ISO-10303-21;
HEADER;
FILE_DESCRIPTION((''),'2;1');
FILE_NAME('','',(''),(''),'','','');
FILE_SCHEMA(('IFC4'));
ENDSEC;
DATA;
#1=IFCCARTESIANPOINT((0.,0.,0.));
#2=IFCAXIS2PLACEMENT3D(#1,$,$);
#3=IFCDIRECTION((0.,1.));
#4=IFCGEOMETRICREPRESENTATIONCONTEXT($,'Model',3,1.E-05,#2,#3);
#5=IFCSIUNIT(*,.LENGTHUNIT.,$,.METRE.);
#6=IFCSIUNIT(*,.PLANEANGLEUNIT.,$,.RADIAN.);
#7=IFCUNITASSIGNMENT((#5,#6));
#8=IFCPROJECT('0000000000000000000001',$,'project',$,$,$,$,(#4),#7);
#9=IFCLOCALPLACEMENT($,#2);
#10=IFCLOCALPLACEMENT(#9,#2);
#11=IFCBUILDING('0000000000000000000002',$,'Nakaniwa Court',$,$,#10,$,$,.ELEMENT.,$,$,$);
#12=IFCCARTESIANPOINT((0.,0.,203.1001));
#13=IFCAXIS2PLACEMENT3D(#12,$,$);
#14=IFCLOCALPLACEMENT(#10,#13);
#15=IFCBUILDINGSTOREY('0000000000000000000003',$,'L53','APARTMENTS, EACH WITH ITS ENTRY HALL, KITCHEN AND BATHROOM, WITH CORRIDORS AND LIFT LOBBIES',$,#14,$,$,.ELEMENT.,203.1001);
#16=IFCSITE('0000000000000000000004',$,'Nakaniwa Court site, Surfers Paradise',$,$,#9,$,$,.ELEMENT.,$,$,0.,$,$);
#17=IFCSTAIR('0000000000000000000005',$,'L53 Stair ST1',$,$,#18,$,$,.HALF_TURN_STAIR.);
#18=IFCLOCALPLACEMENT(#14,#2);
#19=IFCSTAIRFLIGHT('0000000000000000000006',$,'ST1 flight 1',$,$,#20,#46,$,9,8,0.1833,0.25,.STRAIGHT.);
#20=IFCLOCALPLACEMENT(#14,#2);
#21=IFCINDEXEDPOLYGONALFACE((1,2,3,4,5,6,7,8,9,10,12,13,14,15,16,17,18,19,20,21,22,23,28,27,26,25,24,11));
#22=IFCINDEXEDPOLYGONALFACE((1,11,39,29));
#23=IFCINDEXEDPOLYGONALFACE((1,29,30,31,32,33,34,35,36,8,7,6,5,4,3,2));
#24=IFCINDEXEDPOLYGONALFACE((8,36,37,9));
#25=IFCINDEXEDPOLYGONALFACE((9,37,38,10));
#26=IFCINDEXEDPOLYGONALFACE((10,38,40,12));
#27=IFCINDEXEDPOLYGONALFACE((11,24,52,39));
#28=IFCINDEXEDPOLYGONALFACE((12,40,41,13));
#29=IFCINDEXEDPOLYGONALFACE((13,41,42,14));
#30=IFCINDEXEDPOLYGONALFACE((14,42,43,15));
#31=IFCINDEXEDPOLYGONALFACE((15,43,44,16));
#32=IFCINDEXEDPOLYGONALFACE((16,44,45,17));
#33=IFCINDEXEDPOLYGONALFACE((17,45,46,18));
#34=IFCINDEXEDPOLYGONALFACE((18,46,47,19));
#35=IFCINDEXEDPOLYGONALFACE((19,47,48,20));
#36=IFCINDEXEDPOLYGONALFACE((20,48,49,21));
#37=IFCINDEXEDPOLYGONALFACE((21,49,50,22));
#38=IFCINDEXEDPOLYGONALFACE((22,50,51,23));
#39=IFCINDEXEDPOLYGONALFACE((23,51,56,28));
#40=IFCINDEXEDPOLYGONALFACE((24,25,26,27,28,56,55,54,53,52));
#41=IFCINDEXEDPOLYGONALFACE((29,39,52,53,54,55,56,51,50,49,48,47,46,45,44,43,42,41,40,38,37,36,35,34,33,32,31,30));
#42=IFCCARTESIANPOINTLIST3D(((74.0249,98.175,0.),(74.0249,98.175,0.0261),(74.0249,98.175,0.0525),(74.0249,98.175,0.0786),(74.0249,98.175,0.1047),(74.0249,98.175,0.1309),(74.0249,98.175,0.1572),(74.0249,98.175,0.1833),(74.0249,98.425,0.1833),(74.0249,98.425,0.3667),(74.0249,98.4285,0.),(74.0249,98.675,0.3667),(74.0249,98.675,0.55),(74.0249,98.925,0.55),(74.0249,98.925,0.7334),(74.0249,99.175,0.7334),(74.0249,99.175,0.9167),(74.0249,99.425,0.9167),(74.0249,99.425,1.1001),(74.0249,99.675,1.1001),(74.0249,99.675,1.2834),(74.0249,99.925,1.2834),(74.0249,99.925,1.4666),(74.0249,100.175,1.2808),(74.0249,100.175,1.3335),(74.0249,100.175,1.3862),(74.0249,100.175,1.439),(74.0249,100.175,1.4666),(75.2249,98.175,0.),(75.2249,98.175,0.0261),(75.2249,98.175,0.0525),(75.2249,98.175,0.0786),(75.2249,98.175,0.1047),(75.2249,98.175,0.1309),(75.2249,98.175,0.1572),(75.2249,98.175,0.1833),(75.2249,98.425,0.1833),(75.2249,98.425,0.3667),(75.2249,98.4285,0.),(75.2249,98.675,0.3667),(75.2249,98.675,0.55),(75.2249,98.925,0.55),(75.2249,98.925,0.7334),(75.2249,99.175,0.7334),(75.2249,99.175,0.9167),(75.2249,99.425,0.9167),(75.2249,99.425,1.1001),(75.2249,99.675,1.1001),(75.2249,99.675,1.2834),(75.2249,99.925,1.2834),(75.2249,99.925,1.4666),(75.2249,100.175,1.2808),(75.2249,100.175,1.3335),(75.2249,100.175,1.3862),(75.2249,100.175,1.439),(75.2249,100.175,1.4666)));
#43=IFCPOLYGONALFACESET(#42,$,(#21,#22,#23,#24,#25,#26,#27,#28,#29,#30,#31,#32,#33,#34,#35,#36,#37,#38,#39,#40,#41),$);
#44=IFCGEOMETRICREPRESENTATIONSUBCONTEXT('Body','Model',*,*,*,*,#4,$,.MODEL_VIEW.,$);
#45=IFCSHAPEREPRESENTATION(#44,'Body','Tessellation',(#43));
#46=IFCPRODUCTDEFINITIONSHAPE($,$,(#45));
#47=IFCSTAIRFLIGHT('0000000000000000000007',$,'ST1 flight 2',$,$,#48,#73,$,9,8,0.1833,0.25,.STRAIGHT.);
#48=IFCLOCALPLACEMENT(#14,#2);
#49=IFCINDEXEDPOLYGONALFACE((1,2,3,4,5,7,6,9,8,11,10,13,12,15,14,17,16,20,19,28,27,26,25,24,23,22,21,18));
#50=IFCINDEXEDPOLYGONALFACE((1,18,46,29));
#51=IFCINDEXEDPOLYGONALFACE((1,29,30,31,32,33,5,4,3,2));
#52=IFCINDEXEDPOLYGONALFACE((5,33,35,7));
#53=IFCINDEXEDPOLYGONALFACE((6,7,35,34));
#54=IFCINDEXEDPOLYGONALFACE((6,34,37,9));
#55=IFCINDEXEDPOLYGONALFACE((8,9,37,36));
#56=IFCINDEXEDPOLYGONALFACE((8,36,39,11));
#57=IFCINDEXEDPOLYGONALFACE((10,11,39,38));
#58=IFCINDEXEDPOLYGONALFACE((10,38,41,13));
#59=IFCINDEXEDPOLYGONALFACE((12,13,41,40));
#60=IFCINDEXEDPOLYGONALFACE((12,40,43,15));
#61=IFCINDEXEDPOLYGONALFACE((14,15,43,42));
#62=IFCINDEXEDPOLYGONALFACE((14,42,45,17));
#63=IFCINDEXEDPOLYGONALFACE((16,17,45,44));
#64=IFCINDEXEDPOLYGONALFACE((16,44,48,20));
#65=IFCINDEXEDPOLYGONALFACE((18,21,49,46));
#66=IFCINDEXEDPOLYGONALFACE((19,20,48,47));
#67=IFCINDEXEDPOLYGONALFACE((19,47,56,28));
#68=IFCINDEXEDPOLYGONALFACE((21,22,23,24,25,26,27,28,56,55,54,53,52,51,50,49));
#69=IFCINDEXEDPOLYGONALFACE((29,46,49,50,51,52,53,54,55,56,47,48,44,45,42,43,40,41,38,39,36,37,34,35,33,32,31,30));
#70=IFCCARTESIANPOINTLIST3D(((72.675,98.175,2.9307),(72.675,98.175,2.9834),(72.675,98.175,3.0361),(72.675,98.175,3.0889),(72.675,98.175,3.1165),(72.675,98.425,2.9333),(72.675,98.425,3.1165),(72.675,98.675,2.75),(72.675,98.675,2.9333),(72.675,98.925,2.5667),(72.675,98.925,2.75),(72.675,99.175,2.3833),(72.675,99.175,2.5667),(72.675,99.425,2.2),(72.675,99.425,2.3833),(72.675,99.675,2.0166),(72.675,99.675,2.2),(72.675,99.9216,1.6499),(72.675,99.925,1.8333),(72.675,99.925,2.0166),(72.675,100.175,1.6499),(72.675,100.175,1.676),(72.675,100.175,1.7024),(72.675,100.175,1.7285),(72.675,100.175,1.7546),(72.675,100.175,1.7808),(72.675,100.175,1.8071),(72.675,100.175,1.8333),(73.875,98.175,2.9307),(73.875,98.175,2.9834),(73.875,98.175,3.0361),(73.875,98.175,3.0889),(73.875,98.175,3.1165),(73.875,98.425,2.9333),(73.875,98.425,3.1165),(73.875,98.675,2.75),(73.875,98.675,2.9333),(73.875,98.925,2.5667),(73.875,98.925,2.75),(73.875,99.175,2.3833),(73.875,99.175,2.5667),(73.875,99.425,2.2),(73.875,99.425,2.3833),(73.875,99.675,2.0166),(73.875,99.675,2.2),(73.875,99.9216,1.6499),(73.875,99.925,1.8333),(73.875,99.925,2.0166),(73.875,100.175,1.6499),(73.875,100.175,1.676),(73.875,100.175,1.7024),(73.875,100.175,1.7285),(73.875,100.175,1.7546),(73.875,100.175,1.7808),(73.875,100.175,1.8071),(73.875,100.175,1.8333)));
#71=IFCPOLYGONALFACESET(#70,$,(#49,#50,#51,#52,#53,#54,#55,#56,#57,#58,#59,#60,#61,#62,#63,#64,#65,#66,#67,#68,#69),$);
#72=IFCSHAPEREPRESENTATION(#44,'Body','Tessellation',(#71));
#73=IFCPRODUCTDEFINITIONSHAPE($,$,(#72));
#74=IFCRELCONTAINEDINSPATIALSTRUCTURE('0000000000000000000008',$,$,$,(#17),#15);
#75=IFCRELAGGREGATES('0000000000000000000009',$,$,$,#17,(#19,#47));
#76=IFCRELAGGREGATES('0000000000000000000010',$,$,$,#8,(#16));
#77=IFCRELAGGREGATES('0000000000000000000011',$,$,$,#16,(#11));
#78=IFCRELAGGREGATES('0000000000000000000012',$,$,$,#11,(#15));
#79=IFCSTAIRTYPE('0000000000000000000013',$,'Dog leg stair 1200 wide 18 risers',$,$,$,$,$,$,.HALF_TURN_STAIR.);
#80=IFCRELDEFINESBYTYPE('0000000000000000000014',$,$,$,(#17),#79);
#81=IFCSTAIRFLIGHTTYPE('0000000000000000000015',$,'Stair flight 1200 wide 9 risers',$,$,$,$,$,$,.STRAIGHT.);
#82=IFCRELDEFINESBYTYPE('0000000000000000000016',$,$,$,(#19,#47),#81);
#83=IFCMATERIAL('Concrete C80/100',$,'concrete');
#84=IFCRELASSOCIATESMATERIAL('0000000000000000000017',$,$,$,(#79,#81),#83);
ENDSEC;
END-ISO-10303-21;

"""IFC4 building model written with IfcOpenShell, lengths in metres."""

from ifc_helpers import new_model, si_unit, direction, frame, origin, place, context, subcontext, project, spatial, polyline, outline, extrude, material, type_object, element, aggregate, save


model = new_model("IFC4")

# Units and contexts
model_context = context("Model", 3, precision=1e-05, world=origin(), true_north=direction((0.0, 1.0)))
body_context = subcontext(model_context, "Body", "Model", "MODEL_VIEW")
ifc_project = project(units=[si_unit("LENGTHUNIT", "METRE"), si_unit("PLANEANGLEUNIT", "RADIAN")], contexts=[model_context])

# Site, building, storey
site_placement = place(None, origin())
site = spatial("IfcSite", under=ifc_project, at=site_placement, Name="Nakaniwa Court site, Surfers Paradise", CompositionType="ELEMENT", RefElevation=0.0)
building_placement = place(site_placement, origin())
building = spatial("IfcBuilding", under=site, at=building_placement, Name="Nakaniwa Court", CompositionType="ELEMENT")
storey_placement = place(building_placement, frame((0.0, 0.0, 203.1001)))
storey = spatial("IfcBuildingStorey", under=building, at=storey_placement, Name="L53", Description="APARTMENTS, EACH WITH ITS ENTRY HALL, KITCHEN AND BATHROOM, WITH CORRIDORS AND LIFT LOBBIES", CompositionType="ELEMENT", Elevation=203.1001)

# Shared definitions
ifc_material_1 = material(Name="Concrete C80/100", Category="concrete")

# Stair, stair flights
stair_type = type_object("IfcStairType", Name="Dog leg stair 1200 wide 18 risers", PredefinedType="HALF_TURN_STAIR", material=ifc_material_1)
stair_placement = place(storey_placement, origin())
stair = element("IfcStair", 1, at=stair_placement, inside=storey, type_object=stair_type, Name="L53 Stair ST1", PredefinedType="HALF_TURN_STAIR")
stair_flight_type = type_object("IfcStairFlightType", Name="Stair flight 1200 wide 9 risers", PredefinedType="STRAIGHT", material=ifc_material_1)
stair_flight_1_placement = place(storey_placement, frame((74.625, 98.175, 0.0), z_axis=(0.0, 0.0, 1.0), x_axis=(0.0, 1.0, 0.0)))
stair_flight_1 = element("IfcStairFlight", 2, at=stair_flight_1_placement, type_object=stair_flight_type, Name="ST1 flight 1", NumberOfRisers=9, NumberOfTreads=8, PredefinedType="STRAIGHT", RiserHeight=0.1833, TreadLength=0.25, context=body_context, shape_type="SweptSolid", body=[
    extrude(outline(polyline([(0.0, 0.0), (0.0, 0.0261), (0.0, 0.0525), (0.0, 0.0786), (0.0, 0.1047), (0.0, 0.1309), (0.0, 0.1572), (0.0, 0.1833), (0.25, 0.1833), (0.25, 0.3667), (0.5, 0.3667), (0.5, 0.55), (0.75, 0.55), (0.75, 0.7334), (1.0, 0.7334), (1.0, 0.9167), (1.25, 0.9167), (1.25, 1.1001), (1.5, 1.1001), (1.5, 1.2834), (1.75, 1.2834), (1.75, 1.4666), (2.0, 1.4666), (2.0, 1.6499), (2.0, 1.5972), (2.0, 1.5444), (2.0, 1.4917), (2.0, 1.439), (2.0, 1.3862), (2.0, 1.3335), (2.0, 1.2808), (0.2534, 0.0), (0.0, 0.0)])), frame((0.0, 0.6001, 0.0), z_axis=(0.0, -1.0, 0.0), x_axis=(1.0, 0.0, 0.0)), (0.0, 0.0, 1.0), 1.2),
])
stair_flight_2_placement = place(storey_placement, frame((73.2749, 100.175, 1.6499), z_axis=(0.0, 0.0, 1.0), x_axis=(0.0, -1.0, 0.0)))
stair_flight_2 = element("IfcStairFlight", 3, at=stair_flight_2_placement, type_object=stair_flight_type, Name="ST1 flight 2", NumberOfRisers=9, NumberOfTreads=8, PredefinedType="STRAIGHT", RiserHeight=0.1833, TreadLength=0.25, context=body_context, shape_type="SweptSolid", body=[
    extrude(outline(polyline([(0.0, 0.0), (0.0, 0.0261), (0.0, 0.0525), (0.0, 0.0786), (0.0, 0.1047), (0.0, 0.1309), (0.0, 0.1572), (0.0, 0.1833), (0.25, 0.1833), (0.25, 0.3667), (0.5, 0.3667), (0.5, 0.55), (0.75, 0.55), (0.75, 0.7334), (1.0, 0.7334), (1.0, 0.9167), (1.25, 0.9167), (1.25, 1.1001), (1.5, 1.1001), (1.5, 1.2834), (1.75, 1.2834), (1.75, 1.4666), (2.0, 1.4666), (2.0, 1.6499), (2.0, 1.5972), (2.0, 1.5444), (2.0, 1.4917), (2.0, 1.439), (2.0, 1.3862), (2.0, 1.3335), (2.0, 1.2808), (0.2534, 0.0), (0.0, 0.0)])), frame((0.0, 0.6001, 0.0), z_axis=(0.0, -1.0, 0.0), x_axis=(1.0, 0.0, 0.0)), (0.0, 0.0, 1.0), 1.2),
])
aggregate(stair, [stair_flight_1, stair_flight_2])

save(model, "model.ifc")
